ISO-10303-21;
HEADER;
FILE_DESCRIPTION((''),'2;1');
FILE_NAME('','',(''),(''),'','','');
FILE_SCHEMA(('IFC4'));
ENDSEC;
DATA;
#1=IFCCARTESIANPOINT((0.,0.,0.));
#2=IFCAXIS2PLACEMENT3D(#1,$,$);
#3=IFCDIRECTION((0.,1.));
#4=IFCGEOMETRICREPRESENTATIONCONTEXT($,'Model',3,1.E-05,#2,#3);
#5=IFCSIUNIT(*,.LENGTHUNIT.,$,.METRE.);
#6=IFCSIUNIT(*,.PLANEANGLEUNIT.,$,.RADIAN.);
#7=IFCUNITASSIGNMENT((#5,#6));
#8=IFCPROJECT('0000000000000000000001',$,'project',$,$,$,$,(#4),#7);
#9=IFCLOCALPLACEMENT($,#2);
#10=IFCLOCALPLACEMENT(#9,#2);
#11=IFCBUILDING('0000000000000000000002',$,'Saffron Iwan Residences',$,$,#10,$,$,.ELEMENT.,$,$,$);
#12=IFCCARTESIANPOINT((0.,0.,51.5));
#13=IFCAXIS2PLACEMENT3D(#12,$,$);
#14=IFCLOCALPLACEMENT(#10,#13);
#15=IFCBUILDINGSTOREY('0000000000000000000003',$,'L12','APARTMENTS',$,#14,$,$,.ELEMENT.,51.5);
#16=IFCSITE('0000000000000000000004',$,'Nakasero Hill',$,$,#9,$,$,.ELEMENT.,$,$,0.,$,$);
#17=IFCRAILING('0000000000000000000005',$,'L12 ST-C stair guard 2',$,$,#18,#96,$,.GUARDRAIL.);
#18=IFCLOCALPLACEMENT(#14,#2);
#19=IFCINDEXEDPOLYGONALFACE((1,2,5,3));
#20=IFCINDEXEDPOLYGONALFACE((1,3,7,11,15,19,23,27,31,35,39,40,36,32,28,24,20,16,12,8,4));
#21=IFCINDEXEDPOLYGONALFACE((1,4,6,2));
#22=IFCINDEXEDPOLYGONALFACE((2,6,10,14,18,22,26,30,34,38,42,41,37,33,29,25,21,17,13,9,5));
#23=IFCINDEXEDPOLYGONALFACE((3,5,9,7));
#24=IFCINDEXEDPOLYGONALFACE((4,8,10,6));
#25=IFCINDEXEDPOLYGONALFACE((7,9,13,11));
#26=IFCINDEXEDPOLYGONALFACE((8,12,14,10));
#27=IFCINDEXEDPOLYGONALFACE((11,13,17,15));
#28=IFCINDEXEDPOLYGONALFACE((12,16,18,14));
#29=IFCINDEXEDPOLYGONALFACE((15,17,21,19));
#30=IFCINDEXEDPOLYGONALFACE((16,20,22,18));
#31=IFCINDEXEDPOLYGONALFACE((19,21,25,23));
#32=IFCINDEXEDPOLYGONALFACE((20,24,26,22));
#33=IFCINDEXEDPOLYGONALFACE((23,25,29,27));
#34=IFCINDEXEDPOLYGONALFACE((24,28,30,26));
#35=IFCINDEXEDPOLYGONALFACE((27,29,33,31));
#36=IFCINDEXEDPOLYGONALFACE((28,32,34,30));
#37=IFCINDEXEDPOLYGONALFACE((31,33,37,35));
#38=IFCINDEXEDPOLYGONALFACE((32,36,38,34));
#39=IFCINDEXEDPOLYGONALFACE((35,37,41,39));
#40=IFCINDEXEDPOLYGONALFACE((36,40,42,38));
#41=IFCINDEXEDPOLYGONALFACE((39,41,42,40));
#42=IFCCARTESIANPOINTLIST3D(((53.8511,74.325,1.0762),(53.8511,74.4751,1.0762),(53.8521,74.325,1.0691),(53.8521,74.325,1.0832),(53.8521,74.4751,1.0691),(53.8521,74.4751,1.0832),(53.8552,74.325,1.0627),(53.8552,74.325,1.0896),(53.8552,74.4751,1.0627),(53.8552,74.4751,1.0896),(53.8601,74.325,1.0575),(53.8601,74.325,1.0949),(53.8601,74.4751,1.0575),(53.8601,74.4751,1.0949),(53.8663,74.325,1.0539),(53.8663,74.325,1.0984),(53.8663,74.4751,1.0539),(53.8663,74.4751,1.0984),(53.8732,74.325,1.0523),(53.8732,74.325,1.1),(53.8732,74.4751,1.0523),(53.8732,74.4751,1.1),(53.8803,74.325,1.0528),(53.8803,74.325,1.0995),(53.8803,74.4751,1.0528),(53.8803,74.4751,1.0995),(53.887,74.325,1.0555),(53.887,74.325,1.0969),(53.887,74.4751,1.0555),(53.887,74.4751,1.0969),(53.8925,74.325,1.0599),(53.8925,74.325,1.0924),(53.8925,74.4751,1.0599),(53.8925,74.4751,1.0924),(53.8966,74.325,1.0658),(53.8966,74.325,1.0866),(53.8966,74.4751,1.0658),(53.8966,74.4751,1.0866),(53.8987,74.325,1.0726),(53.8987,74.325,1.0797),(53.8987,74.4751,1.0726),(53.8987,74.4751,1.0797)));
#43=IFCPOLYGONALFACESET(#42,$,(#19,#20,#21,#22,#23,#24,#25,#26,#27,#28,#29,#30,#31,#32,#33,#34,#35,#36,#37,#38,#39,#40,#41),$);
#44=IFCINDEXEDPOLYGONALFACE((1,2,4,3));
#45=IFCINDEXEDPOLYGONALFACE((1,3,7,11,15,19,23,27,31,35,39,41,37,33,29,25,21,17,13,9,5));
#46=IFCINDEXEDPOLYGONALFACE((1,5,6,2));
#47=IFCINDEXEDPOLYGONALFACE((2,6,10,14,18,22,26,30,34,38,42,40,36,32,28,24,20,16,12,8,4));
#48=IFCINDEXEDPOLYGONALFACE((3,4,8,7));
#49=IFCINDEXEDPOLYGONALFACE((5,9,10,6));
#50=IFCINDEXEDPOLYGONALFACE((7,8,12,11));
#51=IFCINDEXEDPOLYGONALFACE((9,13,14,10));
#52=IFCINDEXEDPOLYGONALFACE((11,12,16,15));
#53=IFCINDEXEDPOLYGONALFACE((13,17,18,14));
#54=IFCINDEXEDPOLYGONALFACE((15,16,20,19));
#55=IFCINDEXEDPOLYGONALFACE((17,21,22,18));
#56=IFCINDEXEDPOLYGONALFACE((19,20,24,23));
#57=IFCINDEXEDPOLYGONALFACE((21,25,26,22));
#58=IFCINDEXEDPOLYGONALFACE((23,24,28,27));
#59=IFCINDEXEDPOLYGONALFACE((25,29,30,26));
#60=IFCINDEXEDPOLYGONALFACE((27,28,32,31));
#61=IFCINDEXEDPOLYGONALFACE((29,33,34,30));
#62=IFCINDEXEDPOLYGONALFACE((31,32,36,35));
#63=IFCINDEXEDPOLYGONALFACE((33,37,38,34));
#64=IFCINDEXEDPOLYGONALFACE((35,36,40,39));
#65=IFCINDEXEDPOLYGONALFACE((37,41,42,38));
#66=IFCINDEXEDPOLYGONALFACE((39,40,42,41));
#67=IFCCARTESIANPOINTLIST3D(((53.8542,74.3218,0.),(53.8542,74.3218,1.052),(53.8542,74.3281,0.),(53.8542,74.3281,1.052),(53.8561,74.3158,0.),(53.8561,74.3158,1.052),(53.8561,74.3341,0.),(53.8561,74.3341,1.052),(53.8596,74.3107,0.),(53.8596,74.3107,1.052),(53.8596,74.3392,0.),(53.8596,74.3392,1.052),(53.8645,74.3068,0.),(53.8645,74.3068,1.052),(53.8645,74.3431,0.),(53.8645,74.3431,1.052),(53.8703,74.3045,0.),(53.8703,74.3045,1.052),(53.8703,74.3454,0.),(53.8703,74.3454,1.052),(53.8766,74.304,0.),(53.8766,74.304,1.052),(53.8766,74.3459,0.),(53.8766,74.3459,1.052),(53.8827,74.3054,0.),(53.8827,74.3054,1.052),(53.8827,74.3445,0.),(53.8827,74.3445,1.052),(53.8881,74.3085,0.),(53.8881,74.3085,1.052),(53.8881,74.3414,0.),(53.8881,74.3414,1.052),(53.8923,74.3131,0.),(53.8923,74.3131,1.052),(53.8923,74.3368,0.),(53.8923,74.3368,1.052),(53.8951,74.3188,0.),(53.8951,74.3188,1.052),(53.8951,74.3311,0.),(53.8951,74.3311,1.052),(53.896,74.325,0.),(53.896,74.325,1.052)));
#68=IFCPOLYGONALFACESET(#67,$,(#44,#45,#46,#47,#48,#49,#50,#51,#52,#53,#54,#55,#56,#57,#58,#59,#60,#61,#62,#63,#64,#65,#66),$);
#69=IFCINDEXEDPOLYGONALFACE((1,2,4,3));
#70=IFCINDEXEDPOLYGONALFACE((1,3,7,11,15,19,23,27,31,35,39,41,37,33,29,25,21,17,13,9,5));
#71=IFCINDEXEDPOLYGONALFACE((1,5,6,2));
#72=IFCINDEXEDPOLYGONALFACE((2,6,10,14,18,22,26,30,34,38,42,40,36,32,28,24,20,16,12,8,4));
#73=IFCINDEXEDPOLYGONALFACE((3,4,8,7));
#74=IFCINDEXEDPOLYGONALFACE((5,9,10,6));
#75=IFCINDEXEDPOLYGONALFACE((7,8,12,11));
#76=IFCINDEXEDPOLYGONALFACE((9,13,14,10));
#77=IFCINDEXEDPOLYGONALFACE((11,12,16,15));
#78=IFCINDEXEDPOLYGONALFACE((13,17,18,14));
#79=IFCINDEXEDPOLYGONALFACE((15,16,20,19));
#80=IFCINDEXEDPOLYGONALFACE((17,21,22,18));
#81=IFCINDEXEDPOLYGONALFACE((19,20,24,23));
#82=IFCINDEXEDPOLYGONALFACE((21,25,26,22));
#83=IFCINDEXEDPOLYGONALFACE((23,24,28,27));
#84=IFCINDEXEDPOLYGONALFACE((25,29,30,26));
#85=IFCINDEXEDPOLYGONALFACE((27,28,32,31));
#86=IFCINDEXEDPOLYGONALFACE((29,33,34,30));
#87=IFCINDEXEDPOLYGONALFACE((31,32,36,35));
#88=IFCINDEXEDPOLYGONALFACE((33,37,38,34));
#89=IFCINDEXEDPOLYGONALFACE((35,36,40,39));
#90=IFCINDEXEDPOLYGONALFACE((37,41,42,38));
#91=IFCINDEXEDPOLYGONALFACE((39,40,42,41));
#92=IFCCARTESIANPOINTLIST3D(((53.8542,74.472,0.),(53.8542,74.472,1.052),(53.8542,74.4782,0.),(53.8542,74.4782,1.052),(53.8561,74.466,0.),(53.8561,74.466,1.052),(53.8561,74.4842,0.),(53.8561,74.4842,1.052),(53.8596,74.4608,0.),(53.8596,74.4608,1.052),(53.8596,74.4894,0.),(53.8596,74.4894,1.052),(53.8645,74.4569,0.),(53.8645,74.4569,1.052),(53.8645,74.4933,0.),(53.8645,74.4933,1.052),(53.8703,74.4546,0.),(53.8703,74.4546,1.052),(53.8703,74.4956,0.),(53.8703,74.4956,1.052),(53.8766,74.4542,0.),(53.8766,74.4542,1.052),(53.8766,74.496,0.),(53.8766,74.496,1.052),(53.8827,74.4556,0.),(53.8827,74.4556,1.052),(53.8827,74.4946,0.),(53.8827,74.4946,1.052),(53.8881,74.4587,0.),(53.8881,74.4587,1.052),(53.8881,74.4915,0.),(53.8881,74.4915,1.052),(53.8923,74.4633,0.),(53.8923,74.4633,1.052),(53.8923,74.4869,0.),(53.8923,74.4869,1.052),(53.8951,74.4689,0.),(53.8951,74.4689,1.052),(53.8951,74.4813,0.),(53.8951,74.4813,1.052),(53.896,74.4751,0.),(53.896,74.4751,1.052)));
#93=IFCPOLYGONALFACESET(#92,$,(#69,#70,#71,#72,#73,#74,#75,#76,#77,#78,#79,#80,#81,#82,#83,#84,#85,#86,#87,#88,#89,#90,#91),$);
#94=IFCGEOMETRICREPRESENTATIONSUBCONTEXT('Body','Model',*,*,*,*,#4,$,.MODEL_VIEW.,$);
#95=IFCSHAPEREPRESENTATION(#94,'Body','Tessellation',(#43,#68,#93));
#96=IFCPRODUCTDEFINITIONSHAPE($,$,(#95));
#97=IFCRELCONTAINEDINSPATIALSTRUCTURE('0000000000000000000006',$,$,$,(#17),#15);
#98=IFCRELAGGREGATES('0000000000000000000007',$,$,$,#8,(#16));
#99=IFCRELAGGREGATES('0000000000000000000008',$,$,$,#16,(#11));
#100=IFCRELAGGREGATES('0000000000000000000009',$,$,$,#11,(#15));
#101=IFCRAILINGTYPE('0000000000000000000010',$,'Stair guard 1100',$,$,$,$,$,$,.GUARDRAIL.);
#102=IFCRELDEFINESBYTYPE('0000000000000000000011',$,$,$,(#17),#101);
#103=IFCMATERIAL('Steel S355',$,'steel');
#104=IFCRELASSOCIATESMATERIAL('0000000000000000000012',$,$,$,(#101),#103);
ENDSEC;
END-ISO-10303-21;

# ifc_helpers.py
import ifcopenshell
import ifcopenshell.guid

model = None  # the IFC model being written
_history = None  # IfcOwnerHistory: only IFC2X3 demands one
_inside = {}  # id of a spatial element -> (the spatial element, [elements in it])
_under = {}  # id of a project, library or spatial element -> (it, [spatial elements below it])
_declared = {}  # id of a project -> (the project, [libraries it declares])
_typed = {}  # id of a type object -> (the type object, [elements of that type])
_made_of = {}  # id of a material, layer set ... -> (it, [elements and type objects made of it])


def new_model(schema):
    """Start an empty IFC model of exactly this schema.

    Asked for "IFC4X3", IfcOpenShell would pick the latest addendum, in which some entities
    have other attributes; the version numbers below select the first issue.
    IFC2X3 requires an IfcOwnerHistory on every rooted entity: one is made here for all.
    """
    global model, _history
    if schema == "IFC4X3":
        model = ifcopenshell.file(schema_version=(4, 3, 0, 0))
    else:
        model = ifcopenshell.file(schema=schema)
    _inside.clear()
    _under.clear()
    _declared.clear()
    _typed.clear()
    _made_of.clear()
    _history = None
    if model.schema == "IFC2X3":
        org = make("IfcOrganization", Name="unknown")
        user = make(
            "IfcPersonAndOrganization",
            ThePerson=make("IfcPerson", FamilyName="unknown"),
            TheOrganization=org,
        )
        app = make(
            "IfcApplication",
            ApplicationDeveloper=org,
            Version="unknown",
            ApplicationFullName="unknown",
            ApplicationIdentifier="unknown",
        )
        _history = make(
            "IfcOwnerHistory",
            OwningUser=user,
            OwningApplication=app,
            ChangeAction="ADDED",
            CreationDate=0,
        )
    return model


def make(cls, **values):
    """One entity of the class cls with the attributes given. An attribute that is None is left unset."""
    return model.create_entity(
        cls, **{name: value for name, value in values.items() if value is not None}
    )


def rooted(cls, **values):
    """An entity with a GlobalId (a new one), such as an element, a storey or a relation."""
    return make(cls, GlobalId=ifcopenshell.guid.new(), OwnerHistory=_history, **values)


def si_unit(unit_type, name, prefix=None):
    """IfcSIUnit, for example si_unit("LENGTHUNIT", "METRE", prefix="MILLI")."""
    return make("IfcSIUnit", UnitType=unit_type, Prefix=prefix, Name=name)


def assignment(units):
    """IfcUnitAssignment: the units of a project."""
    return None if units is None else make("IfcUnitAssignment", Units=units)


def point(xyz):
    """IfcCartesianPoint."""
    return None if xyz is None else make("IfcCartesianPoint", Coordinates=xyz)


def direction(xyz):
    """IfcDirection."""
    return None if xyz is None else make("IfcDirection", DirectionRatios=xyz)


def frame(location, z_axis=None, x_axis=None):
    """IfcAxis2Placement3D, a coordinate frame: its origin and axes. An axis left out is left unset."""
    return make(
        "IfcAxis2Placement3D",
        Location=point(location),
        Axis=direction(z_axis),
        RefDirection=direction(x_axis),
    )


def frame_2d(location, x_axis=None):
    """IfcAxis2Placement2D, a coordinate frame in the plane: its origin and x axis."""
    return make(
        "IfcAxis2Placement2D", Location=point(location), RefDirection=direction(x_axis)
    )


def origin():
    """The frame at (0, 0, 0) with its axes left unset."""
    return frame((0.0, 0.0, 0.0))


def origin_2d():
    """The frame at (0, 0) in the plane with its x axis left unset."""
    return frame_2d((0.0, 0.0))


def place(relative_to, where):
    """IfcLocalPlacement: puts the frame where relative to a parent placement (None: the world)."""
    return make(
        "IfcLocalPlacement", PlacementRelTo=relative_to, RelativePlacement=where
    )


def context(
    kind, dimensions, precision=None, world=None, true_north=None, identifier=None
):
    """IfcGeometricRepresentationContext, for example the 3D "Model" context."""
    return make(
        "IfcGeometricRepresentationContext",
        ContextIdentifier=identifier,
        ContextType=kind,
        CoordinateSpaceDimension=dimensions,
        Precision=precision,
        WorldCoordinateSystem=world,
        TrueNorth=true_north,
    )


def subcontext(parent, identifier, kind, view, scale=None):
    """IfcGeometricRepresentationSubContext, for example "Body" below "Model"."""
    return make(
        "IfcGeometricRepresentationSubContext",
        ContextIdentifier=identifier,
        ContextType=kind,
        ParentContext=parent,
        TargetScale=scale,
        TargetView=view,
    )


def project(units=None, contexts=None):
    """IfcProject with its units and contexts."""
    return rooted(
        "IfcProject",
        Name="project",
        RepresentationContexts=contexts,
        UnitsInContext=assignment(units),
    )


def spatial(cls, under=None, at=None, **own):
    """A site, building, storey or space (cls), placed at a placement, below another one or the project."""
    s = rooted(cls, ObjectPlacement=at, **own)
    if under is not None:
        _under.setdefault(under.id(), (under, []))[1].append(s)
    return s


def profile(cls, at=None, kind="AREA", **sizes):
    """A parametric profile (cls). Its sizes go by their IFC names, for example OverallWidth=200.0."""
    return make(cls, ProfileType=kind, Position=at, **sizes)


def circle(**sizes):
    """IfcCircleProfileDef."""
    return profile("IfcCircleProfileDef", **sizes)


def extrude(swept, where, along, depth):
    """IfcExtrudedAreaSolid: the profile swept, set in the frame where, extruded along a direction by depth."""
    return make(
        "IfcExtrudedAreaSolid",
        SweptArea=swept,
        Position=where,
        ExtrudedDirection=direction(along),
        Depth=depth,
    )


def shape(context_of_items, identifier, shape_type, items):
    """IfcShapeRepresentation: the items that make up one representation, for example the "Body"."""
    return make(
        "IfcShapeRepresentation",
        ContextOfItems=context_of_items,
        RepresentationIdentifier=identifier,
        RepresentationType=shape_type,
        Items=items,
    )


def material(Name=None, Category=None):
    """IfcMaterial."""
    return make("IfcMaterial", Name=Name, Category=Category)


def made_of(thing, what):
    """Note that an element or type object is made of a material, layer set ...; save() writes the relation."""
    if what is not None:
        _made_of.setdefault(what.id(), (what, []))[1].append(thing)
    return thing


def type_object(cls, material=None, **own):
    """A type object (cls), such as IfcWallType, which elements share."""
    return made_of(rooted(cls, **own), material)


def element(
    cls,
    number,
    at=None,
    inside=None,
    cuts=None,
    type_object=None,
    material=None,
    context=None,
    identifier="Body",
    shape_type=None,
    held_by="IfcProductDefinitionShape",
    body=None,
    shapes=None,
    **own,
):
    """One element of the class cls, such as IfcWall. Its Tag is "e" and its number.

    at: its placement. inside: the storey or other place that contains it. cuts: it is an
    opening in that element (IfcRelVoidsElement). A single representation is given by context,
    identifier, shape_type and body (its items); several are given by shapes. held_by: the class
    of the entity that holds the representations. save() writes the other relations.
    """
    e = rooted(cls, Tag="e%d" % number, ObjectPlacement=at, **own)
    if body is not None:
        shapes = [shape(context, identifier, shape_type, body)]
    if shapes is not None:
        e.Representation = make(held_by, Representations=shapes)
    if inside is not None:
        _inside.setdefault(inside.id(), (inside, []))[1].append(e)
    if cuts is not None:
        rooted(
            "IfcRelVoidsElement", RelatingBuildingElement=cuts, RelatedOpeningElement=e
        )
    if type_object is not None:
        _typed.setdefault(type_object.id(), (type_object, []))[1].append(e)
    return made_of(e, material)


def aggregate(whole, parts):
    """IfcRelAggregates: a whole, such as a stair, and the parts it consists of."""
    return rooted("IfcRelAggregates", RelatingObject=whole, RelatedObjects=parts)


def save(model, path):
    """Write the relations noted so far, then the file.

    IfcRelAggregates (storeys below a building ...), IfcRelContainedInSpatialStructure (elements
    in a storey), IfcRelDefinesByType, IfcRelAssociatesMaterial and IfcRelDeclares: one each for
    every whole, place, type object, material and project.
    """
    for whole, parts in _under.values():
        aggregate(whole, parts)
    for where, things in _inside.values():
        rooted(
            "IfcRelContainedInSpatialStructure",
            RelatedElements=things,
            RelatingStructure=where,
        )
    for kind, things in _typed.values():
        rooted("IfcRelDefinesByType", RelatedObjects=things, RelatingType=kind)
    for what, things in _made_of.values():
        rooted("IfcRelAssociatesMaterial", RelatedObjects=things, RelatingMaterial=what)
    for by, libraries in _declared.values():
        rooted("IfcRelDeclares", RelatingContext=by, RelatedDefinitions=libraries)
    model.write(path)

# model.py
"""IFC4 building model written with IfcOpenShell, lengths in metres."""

from ifc_helpers import new_model, si_unit, direction, frame, origin, origin_2d, place, context, subcontext, project, spatial, circle, extrude, material, type_object, element, save


model = new_model("IFC4")

# Units and contexts
model_context = context("Model", 3, precision=1e-05, world=origin(), true_north=direction((0.0, 1.0)))
body_context = subcontext(model_context, "Body", "Model", "MODEL_VIEW")
ifc_project = project(units=[si_unit("LENGTHUNIT", "METRE"), si_unit("PLANEANGLEUNIT", "RADIAN")], contexts=[model_context])

# Site, building, storey
site_placement = place(None, origin())
site = spatial("IfcSite", under=ifc_project, at=site_placement, Name="Nakasero Hill", CompositionType="ELEMENT", RefElevation=0.0)
building_placement = place(site_placement, origin())
building = spatial("IfcBuilding", under=site, at=building_placement, Name="Saffron Iwan Residences", CompositionType="ELEMENT")
storey_placement = place(building_placement, frame((0.0, 0.0, 51.5)))
storey = spatial("IfcBuildingStorey", under=building, at=storey_placement, Name="L12", Description="APARTMENTS", CompositionType="ELEMENT", Elevation=51.5)

# Railing
ifc_material_1 = material(Name="Steel S355", Category="steel")
railing_type_1 = type_object("IfcRailingType", Name="Stair guard 1100", PredefinedType="GUARDRAIL", material=ifc_material_1)
railing_1_placement = place(storey_placement, frame((53.875, 74.325, 0.0)))
element("IfcRailing", 1, at=railing_1_placement, inside=storey, type_object=railing_type_1, Name="L12 ST-C stair guard 2", PredefinedType="GUARDRAIL", context=body_context, shape_type="SweptSolid", body=[
    extrude(circle(Radius=0.0239, at=origin_2d()), frame((0.0, 0.0, 1.0762), z_axis=(0.0, 1.0, 0.0), x_axis=(-1.0, 0.0, 0.0)), (0.0, 0.0, 1.0), 0.1501),
    extrude(circle(Radius=0.021, at=origin_2d()), origin(), (0.0, 0.0, 1.0), 1.052),
    extrude(circle(Radius=0.021, at=origin_2d()), frame((0.0, 0.1501, 0.0)), (0.0, 0.0, 1.0), 1.052),
])

save(model, "model.ifc")
